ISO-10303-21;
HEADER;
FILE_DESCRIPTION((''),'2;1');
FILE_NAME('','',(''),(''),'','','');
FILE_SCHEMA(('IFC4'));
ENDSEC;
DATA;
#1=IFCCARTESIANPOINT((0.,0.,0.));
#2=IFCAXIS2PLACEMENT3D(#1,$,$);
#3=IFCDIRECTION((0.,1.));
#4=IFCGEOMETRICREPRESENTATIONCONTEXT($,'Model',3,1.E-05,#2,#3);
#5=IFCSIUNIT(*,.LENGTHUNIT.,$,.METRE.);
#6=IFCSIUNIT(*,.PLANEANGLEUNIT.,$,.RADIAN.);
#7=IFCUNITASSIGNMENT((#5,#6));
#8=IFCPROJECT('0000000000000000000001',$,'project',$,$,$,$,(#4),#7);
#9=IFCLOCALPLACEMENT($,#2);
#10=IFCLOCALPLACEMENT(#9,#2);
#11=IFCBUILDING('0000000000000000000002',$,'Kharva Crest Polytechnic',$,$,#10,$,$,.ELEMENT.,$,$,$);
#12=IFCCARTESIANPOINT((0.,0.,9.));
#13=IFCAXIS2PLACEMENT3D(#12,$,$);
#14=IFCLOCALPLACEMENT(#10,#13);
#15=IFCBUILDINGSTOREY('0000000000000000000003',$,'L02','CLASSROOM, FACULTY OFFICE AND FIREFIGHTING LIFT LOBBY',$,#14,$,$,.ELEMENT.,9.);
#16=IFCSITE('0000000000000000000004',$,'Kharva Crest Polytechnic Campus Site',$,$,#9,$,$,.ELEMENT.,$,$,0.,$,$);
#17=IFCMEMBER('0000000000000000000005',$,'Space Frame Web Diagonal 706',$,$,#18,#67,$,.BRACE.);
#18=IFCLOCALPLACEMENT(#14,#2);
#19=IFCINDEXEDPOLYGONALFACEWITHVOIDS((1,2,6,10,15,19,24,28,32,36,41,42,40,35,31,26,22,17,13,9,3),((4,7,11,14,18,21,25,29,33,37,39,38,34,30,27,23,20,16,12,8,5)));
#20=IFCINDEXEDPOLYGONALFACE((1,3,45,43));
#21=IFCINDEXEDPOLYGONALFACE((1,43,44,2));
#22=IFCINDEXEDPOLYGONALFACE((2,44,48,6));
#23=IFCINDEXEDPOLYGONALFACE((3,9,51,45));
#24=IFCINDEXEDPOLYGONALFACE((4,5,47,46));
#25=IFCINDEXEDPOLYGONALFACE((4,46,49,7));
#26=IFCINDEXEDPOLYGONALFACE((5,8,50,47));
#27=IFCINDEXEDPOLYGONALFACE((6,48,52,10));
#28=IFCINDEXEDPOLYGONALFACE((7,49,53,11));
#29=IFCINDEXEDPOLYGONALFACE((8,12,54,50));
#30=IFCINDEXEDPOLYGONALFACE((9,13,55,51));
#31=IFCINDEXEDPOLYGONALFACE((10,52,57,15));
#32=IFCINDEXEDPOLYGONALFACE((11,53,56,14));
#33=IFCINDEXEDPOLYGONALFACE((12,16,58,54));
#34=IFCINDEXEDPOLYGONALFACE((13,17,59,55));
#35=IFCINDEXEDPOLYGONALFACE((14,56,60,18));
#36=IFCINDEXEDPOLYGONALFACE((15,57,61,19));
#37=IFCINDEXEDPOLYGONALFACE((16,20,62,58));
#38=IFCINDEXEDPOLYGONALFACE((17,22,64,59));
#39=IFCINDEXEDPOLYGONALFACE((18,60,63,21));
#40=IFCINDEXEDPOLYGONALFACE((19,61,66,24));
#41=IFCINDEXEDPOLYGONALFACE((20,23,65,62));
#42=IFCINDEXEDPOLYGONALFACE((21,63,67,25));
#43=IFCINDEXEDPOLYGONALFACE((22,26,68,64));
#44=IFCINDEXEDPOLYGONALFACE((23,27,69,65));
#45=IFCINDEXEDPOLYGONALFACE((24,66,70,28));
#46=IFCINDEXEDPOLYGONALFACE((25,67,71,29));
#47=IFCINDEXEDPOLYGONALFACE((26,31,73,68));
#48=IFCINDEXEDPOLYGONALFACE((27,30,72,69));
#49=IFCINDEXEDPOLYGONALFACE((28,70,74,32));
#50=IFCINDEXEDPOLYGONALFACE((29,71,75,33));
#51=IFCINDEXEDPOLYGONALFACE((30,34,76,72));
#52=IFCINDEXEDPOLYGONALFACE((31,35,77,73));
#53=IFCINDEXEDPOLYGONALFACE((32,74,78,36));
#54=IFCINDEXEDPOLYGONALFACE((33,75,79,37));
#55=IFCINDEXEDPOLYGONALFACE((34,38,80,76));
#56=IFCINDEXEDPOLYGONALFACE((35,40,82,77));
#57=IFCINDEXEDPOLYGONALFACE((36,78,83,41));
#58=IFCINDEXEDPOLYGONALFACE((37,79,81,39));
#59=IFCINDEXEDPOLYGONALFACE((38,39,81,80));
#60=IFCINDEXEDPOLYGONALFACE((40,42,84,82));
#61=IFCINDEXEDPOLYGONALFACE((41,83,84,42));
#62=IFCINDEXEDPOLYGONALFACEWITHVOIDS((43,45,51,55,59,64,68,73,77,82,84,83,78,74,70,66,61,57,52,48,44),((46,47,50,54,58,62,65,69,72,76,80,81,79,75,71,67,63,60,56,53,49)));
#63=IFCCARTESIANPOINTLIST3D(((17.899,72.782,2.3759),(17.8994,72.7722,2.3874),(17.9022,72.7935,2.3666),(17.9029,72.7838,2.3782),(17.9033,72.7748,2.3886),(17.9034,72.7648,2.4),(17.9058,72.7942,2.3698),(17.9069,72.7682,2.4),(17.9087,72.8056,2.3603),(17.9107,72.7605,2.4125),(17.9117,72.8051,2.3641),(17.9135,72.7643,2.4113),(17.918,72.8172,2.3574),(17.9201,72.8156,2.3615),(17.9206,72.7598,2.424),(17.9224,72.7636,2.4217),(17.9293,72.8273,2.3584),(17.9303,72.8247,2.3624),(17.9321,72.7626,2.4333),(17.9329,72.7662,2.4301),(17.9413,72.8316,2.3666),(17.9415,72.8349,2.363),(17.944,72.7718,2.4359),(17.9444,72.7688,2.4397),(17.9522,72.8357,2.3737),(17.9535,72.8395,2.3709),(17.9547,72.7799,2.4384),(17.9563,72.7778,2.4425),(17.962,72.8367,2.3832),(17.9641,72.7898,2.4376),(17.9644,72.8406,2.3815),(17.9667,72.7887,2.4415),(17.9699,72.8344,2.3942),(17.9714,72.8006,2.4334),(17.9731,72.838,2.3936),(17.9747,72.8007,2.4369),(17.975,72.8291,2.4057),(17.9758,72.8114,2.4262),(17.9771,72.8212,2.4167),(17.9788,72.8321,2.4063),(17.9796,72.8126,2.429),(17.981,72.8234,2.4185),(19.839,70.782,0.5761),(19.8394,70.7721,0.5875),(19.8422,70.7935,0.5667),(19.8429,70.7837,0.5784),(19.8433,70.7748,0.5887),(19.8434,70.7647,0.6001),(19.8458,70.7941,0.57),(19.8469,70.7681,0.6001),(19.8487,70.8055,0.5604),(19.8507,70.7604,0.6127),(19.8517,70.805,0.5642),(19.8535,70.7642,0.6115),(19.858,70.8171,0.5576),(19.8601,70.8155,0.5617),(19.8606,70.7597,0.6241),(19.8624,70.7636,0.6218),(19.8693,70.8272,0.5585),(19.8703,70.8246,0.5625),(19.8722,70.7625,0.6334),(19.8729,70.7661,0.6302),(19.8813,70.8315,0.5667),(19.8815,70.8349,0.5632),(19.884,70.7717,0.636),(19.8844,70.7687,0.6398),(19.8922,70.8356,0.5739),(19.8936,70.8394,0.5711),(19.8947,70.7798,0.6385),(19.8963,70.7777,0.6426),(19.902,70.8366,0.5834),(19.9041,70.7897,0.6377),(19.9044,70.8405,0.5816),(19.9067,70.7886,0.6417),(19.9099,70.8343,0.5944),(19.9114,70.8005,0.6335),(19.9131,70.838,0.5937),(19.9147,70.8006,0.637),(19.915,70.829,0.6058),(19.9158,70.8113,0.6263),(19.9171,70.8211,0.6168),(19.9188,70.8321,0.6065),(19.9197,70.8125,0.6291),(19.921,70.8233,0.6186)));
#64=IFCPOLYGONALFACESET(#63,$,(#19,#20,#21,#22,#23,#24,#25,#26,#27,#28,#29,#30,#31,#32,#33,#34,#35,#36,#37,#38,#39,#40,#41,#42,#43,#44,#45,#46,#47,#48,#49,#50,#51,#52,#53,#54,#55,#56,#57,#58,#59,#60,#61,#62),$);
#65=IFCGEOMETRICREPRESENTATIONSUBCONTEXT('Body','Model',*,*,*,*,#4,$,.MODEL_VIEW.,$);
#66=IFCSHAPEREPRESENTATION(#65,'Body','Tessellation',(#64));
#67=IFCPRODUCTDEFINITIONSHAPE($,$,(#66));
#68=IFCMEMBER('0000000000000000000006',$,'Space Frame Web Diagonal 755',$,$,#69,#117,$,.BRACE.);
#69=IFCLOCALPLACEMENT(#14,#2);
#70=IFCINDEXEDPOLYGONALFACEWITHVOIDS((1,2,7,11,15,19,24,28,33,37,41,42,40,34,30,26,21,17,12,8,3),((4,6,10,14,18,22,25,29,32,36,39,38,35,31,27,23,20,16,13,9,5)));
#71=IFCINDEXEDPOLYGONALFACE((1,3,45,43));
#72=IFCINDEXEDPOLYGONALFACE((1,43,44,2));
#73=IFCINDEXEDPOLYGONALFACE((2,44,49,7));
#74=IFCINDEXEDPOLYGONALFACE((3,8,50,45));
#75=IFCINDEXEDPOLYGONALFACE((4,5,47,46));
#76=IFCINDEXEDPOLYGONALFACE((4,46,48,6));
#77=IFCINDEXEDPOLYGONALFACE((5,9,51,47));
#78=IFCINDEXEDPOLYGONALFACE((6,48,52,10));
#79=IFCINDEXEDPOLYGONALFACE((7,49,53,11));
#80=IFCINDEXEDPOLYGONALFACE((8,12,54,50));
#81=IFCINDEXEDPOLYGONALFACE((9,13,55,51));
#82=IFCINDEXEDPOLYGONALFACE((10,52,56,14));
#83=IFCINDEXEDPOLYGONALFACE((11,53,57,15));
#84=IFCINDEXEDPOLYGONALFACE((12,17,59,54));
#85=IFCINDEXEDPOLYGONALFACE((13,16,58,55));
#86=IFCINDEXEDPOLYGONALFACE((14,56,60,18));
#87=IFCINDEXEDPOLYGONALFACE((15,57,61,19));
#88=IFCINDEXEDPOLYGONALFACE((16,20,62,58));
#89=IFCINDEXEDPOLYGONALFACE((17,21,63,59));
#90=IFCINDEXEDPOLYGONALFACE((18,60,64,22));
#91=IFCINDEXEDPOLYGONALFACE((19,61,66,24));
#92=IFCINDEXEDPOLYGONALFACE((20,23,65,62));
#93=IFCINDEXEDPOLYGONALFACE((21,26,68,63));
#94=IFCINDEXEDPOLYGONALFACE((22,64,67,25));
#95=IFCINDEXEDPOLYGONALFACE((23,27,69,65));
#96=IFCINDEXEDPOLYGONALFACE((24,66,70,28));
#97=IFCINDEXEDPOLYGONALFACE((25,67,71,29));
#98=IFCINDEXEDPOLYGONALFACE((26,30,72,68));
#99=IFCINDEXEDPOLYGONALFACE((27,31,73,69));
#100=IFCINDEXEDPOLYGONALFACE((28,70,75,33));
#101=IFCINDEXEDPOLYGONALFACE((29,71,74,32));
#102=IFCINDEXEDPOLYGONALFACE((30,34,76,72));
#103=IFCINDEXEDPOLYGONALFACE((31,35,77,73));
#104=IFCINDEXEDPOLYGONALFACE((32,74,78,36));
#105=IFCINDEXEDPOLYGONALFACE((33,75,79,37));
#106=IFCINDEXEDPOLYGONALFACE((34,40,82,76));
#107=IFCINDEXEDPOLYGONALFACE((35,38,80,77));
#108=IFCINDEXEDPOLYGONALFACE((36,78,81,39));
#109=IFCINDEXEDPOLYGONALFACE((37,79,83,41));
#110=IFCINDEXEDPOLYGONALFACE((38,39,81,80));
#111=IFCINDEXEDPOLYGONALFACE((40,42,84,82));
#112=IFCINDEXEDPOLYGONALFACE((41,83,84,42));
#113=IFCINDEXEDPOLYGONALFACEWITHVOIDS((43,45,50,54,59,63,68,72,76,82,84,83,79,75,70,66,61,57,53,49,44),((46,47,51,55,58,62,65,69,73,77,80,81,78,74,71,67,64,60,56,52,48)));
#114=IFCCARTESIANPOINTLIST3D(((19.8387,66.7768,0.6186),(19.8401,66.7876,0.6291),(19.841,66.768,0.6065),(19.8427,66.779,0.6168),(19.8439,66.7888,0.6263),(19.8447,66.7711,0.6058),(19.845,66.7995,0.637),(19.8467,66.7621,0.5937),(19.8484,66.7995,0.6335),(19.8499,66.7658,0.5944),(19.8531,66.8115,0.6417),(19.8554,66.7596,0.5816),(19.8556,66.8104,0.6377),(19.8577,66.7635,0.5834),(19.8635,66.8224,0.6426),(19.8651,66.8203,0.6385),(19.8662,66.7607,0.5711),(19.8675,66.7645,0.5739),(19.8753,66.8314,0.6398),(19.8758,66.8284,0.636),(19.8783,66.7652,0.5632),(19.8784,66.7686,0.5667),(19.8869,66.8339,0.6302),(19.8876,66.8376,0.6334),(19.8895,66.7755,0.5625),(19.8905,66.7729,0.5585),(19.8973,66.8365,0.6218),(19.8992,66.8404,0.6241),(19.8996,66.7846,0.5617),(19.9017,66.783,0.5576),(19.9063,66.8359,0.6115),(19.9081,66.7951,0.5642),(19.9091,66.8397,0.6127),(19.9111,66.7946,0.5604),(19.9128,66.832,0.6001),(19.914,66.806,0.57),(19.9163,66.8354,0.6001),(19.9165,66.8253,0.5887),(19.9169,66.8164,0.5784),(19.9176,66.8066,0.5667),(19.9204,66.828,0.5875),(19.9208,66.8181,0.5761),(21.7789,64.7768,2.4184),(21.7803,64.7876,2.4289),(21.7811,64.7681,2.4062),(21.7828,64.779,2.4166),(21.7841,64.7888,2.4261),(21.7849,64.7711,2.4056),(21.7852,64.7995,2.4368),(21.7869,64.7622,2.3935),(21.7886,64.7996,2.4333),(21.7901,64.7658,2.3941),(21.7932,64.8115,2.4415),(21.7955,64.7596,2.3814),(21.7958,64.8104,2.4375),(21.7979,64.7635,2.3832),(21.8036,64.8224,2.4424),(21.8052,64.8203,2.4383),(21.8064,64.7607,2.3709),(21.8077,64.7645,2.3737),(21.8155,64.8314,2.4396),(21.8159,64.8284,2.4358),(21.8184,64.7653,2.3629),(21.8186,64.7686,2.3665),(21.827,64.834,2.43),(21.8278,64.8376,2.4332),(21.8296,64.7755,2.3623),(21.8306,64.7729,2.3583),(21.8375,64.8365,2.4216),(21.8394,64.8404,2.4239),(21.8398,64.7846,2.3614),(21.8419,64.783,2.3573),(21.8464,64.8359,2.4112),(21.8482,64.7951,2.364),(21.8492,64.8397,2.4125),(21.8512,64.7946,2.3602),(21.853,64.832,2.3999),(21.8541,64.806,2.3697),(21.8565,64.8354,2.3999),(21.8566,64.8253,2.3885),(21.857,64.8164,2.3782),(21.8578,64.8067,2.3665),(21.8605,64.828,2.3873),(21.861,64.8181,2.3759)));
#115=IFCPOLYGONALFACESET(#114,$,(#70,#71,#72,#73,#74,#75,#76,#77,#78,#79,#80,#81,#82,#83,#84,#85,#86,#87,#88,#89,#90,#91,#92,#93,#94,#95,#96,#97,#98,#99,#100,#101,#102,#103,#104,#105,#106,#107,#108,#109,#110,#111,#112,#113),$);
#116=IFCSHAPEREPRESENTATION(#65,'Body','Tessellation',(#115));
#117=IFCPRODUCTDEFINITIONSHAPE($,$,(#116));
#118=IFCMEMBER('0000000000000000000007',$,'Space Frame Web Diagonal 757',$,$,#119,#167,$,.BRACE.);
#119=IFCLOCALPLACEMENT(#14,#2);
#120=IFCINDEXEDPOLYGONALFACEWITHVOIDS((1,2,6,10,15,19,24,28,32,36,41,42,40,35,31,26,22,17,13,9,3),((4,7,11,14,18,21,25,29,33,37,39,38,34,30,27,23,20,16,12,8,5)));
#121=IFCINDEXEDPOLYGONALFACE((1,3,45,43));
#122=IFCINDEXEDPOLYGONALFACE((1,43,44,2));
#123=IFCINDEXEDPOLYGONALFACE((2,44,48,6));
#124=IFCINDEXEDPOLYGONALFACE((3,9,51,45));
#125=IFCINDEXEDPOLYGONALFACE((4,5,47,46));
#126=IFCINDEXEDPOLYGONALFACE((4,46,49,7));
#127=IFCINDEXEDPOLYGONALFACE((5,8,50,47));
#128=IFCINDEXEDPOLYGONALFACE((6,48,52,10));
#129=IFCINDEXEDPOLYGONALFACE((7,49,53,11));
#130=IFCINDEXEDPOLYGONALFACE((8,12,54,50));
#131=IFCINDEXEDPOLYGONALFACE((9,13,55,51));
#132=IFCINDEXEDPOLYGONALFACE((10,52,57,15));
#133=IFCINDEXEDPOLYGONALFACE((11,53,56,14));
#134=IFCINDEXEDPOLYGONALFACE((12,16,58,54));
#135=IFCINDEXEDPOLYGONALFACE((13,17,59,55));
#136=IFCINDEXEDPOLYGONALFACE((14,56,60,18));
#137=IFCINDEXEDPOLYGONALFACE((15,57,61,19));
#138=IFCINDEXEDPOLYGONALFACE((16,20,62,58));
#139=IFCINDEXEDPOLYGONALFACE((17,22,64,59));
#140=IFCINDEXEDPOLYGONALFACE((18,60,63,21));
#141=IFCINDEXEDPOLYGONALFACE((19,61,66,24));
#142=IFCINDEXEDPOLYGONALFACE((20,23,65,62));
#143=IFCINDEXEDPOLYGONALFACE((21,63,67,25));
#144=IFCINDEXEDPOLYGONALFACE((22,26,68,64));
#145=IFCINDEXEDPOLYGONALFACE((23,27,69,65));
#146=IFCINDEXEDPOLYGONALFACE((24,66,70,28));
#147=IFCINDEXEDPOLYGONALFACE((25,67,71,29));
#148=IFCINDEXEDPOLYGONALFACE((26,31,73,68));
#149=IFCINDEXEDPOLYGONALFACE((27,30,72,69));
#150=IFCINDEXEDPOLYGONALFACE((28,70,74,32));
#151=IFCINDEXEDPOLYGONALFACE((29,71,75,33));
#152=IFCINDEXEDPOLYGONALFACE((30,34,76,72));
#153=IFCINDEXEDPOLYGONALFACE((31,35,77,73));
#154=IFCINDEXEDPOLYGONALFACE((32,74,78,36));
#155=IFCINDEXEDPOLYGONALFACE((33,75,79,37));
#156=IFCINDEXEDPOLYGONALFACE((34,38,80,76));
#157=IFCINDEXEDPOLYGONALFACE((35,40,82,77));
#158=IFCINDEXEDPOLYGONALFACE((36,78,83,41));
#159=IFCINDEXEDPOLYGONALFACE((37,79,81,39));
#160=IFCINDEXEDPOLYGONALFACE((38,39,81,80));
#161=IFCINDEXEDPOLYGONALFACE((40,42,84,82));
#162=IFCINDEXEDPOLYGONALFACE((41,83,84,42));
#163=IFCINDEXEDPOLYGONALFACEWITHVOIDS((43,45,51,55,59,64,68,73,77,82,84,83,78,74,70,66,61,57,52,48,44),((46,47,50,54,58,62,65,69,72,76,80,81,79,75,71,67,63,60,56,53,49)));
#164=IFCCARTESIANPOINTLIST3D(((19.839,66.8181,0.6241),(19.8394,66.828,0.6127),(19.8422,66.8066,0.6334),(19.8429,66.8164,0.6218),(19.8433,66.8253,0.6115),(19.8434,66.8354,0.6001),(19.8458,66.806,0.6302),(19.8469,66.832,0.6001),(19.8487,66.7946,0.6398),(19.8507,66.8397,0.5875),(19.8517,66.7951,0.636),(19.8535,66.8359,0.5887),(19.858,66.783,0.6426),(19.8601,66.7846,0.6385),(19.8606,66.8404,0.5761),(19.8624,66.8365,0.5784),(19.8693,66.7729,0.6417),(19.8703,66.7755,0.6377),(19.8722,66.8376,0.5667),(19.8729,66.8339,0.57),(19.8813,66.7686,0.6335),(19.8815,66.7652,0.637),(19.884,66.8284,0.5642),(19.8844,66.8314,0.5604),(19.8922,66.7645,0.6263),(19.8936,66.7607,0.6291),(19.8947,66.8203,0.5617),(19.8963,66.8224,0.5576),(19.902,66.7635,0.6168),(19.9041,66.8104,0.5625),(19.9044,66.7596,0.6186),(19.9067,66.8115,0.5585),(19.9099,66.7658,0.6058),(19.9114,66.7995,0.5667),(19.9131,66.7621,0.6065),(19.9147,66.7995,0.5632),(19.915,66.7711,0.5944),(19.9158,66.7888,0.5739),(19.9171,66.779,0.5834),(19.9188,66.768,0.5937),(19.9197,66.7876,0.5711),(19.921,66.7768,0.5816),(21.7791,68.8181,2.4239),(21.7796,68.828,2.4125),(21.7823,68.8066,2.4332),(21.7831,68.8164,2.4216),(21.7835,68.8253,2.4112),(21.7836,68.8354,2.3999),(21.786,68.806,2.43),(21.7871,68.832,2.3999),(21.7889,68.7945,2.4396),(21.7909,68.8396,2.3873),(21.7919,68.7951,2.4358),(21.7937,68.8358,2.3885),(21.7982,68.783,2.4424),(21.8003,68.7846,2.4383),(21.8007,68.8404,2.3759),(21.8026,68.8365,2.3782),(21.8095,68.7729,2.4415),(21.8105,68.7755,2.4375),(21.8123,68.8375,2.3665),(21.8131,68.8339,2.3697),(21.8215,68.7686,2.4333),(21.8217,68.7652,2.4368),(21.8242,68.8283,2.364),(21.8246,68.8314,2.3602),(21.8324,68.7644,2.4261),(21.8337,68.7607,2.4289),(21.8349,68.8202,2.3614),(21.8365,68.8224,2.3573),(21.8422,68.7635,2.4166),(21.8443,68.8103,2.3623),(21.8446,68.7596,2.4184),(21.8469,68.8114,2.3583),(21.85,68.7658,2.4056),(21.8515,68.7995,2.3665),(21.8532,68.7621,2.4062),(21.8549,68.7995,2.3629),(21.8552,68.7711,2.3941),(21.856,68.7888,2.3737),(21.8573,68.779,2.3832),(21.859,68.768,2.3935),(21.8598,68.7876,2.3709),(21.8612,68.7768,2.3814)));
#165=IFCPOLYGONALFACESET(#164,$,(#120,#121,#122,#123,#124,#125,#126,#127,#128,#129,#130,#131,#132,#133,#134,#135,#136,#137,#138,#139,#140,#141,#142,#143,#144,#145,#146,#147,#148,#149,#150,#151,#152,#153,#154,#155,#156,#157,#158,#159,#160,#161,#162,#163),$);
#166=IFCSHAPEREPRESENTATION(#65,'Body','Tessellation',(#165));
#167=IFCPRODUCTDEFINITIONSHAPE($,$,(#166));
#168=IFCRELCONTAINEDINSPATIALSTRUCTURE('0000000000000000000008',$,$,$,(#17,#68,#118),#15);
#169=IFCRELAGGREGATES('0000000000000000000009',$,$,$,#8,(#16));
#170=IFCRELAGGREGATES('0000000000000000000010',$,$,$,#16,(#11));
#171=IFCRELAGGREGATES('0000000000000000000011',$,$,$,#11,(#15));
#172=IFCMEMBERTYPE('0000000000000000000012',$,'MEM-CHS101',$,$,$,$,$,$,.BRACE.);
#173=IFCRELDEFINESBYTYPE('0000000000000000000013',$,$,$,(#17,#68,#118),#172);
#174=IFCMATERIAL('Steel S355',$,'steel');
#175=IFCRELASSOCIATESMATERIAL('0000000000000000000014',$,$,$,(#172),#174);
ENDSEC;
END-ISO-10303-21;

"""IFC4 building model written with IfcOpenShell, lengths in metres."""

from ifc_helpers import new_model, si_unit, direction, frame, origin, origin_2d, place, context, subcontext, project, spatial, hollow_circle, extrude, material, material_profile, profile_set, type_object, element, save


model = new_model("IFC4")

# Units and contexts
model_context = context("Model", 3, precision=1e-05, world=origin(), true_north=direction((0.0, 1.0)))
body_context = subcontext(model_context, "Body", "Model", "MODEL_VIEW")
ifc_project = project(units=[si_unit("LENGTHUNIT", "METRE"), si_unit("PLANEANGLEUNIT", "RADIAN")], contexts=[model_context])

# Site, building, storey
site_placement = place(None, origin())
site = spatial("IfcSite", under=ifc_project, at=site_placement, Name="Kharva Crest Polytechnic Campus Site", CompositionType="ELEMENT", RefElevation=0.0)
building_placement = place(site_placement, origin())
building = spatial("IfcBuilding", under=site, at=building_placement, Name="Kharva Crest Polytechnic", CompositionType="ELEMENT")
storey_placement = place(building_placement, frame((0.0, 0.0, 9.0)))
storey = spatial("IfcBuildingStorey", under=building, at=storey_placement, Name="L02", Description="CLASSROOM, FACULTY OFFICE AND FIREFIGHTING LIFT LOBBY", CompositionType="ELEMENT", Elevation=9.0)

# Shared definitions
ifc_material_1 = material(Name="Steel S355", Category="steel")

# Members
ifc_material_profile_1 = material_profile(ifc_material_1, hollow_circle(Radius=0.0508, WallThickness=0.0049, at=origin_2d()), Name="CHS 101.6X5.0")
ifc_profile_set_1 = profile_set([ifc_material_profile_1], Name="Steel S355")
member_type_1 = type_object("IfcMemberType", Name="MEM-CHS101", PredefinedType="BRACE", material=ifc_profile_set_1)
for number, where, z_axis, x_axis, name in (
    (1, (19.8799, 70.8, 0.6001), (-0.584843, 0.60295, 0.542596), (-0.717802, -0.696247, 0.0), "Space Frame Web Diagonal 706"),
    (2, (19.8799, 66.8, 0.6001), (0.584892, -0.602924, 0.542572), (0.717758, 0.696292, 0.0), "Space Frame Web Diagonal 755"),
    (3, (19.8799, 66.8, 0.6001), (0.584892, 0.602924, 0.542572), (-0.717758, 0.696292, 0.0), "Space Frame Web Diagonal 757"),
):
    element("IfcMember", number, at=place(storey_placement, frame(where, z_axis=z_axis, x_axis=x_axis)), inside=storey, type_object=member_type_1, Name=name, PredefinedType="BRACE", context=body_context, shape_type="SweptSolid", body=[
        extrude(hollow_circle(Radius=0.0508, WallThickness=0.0049, at=origin_2d()), origin(), (0.0, 0.0, 1.0), 3.3171),
    ])

save(model, "model.ifc")
